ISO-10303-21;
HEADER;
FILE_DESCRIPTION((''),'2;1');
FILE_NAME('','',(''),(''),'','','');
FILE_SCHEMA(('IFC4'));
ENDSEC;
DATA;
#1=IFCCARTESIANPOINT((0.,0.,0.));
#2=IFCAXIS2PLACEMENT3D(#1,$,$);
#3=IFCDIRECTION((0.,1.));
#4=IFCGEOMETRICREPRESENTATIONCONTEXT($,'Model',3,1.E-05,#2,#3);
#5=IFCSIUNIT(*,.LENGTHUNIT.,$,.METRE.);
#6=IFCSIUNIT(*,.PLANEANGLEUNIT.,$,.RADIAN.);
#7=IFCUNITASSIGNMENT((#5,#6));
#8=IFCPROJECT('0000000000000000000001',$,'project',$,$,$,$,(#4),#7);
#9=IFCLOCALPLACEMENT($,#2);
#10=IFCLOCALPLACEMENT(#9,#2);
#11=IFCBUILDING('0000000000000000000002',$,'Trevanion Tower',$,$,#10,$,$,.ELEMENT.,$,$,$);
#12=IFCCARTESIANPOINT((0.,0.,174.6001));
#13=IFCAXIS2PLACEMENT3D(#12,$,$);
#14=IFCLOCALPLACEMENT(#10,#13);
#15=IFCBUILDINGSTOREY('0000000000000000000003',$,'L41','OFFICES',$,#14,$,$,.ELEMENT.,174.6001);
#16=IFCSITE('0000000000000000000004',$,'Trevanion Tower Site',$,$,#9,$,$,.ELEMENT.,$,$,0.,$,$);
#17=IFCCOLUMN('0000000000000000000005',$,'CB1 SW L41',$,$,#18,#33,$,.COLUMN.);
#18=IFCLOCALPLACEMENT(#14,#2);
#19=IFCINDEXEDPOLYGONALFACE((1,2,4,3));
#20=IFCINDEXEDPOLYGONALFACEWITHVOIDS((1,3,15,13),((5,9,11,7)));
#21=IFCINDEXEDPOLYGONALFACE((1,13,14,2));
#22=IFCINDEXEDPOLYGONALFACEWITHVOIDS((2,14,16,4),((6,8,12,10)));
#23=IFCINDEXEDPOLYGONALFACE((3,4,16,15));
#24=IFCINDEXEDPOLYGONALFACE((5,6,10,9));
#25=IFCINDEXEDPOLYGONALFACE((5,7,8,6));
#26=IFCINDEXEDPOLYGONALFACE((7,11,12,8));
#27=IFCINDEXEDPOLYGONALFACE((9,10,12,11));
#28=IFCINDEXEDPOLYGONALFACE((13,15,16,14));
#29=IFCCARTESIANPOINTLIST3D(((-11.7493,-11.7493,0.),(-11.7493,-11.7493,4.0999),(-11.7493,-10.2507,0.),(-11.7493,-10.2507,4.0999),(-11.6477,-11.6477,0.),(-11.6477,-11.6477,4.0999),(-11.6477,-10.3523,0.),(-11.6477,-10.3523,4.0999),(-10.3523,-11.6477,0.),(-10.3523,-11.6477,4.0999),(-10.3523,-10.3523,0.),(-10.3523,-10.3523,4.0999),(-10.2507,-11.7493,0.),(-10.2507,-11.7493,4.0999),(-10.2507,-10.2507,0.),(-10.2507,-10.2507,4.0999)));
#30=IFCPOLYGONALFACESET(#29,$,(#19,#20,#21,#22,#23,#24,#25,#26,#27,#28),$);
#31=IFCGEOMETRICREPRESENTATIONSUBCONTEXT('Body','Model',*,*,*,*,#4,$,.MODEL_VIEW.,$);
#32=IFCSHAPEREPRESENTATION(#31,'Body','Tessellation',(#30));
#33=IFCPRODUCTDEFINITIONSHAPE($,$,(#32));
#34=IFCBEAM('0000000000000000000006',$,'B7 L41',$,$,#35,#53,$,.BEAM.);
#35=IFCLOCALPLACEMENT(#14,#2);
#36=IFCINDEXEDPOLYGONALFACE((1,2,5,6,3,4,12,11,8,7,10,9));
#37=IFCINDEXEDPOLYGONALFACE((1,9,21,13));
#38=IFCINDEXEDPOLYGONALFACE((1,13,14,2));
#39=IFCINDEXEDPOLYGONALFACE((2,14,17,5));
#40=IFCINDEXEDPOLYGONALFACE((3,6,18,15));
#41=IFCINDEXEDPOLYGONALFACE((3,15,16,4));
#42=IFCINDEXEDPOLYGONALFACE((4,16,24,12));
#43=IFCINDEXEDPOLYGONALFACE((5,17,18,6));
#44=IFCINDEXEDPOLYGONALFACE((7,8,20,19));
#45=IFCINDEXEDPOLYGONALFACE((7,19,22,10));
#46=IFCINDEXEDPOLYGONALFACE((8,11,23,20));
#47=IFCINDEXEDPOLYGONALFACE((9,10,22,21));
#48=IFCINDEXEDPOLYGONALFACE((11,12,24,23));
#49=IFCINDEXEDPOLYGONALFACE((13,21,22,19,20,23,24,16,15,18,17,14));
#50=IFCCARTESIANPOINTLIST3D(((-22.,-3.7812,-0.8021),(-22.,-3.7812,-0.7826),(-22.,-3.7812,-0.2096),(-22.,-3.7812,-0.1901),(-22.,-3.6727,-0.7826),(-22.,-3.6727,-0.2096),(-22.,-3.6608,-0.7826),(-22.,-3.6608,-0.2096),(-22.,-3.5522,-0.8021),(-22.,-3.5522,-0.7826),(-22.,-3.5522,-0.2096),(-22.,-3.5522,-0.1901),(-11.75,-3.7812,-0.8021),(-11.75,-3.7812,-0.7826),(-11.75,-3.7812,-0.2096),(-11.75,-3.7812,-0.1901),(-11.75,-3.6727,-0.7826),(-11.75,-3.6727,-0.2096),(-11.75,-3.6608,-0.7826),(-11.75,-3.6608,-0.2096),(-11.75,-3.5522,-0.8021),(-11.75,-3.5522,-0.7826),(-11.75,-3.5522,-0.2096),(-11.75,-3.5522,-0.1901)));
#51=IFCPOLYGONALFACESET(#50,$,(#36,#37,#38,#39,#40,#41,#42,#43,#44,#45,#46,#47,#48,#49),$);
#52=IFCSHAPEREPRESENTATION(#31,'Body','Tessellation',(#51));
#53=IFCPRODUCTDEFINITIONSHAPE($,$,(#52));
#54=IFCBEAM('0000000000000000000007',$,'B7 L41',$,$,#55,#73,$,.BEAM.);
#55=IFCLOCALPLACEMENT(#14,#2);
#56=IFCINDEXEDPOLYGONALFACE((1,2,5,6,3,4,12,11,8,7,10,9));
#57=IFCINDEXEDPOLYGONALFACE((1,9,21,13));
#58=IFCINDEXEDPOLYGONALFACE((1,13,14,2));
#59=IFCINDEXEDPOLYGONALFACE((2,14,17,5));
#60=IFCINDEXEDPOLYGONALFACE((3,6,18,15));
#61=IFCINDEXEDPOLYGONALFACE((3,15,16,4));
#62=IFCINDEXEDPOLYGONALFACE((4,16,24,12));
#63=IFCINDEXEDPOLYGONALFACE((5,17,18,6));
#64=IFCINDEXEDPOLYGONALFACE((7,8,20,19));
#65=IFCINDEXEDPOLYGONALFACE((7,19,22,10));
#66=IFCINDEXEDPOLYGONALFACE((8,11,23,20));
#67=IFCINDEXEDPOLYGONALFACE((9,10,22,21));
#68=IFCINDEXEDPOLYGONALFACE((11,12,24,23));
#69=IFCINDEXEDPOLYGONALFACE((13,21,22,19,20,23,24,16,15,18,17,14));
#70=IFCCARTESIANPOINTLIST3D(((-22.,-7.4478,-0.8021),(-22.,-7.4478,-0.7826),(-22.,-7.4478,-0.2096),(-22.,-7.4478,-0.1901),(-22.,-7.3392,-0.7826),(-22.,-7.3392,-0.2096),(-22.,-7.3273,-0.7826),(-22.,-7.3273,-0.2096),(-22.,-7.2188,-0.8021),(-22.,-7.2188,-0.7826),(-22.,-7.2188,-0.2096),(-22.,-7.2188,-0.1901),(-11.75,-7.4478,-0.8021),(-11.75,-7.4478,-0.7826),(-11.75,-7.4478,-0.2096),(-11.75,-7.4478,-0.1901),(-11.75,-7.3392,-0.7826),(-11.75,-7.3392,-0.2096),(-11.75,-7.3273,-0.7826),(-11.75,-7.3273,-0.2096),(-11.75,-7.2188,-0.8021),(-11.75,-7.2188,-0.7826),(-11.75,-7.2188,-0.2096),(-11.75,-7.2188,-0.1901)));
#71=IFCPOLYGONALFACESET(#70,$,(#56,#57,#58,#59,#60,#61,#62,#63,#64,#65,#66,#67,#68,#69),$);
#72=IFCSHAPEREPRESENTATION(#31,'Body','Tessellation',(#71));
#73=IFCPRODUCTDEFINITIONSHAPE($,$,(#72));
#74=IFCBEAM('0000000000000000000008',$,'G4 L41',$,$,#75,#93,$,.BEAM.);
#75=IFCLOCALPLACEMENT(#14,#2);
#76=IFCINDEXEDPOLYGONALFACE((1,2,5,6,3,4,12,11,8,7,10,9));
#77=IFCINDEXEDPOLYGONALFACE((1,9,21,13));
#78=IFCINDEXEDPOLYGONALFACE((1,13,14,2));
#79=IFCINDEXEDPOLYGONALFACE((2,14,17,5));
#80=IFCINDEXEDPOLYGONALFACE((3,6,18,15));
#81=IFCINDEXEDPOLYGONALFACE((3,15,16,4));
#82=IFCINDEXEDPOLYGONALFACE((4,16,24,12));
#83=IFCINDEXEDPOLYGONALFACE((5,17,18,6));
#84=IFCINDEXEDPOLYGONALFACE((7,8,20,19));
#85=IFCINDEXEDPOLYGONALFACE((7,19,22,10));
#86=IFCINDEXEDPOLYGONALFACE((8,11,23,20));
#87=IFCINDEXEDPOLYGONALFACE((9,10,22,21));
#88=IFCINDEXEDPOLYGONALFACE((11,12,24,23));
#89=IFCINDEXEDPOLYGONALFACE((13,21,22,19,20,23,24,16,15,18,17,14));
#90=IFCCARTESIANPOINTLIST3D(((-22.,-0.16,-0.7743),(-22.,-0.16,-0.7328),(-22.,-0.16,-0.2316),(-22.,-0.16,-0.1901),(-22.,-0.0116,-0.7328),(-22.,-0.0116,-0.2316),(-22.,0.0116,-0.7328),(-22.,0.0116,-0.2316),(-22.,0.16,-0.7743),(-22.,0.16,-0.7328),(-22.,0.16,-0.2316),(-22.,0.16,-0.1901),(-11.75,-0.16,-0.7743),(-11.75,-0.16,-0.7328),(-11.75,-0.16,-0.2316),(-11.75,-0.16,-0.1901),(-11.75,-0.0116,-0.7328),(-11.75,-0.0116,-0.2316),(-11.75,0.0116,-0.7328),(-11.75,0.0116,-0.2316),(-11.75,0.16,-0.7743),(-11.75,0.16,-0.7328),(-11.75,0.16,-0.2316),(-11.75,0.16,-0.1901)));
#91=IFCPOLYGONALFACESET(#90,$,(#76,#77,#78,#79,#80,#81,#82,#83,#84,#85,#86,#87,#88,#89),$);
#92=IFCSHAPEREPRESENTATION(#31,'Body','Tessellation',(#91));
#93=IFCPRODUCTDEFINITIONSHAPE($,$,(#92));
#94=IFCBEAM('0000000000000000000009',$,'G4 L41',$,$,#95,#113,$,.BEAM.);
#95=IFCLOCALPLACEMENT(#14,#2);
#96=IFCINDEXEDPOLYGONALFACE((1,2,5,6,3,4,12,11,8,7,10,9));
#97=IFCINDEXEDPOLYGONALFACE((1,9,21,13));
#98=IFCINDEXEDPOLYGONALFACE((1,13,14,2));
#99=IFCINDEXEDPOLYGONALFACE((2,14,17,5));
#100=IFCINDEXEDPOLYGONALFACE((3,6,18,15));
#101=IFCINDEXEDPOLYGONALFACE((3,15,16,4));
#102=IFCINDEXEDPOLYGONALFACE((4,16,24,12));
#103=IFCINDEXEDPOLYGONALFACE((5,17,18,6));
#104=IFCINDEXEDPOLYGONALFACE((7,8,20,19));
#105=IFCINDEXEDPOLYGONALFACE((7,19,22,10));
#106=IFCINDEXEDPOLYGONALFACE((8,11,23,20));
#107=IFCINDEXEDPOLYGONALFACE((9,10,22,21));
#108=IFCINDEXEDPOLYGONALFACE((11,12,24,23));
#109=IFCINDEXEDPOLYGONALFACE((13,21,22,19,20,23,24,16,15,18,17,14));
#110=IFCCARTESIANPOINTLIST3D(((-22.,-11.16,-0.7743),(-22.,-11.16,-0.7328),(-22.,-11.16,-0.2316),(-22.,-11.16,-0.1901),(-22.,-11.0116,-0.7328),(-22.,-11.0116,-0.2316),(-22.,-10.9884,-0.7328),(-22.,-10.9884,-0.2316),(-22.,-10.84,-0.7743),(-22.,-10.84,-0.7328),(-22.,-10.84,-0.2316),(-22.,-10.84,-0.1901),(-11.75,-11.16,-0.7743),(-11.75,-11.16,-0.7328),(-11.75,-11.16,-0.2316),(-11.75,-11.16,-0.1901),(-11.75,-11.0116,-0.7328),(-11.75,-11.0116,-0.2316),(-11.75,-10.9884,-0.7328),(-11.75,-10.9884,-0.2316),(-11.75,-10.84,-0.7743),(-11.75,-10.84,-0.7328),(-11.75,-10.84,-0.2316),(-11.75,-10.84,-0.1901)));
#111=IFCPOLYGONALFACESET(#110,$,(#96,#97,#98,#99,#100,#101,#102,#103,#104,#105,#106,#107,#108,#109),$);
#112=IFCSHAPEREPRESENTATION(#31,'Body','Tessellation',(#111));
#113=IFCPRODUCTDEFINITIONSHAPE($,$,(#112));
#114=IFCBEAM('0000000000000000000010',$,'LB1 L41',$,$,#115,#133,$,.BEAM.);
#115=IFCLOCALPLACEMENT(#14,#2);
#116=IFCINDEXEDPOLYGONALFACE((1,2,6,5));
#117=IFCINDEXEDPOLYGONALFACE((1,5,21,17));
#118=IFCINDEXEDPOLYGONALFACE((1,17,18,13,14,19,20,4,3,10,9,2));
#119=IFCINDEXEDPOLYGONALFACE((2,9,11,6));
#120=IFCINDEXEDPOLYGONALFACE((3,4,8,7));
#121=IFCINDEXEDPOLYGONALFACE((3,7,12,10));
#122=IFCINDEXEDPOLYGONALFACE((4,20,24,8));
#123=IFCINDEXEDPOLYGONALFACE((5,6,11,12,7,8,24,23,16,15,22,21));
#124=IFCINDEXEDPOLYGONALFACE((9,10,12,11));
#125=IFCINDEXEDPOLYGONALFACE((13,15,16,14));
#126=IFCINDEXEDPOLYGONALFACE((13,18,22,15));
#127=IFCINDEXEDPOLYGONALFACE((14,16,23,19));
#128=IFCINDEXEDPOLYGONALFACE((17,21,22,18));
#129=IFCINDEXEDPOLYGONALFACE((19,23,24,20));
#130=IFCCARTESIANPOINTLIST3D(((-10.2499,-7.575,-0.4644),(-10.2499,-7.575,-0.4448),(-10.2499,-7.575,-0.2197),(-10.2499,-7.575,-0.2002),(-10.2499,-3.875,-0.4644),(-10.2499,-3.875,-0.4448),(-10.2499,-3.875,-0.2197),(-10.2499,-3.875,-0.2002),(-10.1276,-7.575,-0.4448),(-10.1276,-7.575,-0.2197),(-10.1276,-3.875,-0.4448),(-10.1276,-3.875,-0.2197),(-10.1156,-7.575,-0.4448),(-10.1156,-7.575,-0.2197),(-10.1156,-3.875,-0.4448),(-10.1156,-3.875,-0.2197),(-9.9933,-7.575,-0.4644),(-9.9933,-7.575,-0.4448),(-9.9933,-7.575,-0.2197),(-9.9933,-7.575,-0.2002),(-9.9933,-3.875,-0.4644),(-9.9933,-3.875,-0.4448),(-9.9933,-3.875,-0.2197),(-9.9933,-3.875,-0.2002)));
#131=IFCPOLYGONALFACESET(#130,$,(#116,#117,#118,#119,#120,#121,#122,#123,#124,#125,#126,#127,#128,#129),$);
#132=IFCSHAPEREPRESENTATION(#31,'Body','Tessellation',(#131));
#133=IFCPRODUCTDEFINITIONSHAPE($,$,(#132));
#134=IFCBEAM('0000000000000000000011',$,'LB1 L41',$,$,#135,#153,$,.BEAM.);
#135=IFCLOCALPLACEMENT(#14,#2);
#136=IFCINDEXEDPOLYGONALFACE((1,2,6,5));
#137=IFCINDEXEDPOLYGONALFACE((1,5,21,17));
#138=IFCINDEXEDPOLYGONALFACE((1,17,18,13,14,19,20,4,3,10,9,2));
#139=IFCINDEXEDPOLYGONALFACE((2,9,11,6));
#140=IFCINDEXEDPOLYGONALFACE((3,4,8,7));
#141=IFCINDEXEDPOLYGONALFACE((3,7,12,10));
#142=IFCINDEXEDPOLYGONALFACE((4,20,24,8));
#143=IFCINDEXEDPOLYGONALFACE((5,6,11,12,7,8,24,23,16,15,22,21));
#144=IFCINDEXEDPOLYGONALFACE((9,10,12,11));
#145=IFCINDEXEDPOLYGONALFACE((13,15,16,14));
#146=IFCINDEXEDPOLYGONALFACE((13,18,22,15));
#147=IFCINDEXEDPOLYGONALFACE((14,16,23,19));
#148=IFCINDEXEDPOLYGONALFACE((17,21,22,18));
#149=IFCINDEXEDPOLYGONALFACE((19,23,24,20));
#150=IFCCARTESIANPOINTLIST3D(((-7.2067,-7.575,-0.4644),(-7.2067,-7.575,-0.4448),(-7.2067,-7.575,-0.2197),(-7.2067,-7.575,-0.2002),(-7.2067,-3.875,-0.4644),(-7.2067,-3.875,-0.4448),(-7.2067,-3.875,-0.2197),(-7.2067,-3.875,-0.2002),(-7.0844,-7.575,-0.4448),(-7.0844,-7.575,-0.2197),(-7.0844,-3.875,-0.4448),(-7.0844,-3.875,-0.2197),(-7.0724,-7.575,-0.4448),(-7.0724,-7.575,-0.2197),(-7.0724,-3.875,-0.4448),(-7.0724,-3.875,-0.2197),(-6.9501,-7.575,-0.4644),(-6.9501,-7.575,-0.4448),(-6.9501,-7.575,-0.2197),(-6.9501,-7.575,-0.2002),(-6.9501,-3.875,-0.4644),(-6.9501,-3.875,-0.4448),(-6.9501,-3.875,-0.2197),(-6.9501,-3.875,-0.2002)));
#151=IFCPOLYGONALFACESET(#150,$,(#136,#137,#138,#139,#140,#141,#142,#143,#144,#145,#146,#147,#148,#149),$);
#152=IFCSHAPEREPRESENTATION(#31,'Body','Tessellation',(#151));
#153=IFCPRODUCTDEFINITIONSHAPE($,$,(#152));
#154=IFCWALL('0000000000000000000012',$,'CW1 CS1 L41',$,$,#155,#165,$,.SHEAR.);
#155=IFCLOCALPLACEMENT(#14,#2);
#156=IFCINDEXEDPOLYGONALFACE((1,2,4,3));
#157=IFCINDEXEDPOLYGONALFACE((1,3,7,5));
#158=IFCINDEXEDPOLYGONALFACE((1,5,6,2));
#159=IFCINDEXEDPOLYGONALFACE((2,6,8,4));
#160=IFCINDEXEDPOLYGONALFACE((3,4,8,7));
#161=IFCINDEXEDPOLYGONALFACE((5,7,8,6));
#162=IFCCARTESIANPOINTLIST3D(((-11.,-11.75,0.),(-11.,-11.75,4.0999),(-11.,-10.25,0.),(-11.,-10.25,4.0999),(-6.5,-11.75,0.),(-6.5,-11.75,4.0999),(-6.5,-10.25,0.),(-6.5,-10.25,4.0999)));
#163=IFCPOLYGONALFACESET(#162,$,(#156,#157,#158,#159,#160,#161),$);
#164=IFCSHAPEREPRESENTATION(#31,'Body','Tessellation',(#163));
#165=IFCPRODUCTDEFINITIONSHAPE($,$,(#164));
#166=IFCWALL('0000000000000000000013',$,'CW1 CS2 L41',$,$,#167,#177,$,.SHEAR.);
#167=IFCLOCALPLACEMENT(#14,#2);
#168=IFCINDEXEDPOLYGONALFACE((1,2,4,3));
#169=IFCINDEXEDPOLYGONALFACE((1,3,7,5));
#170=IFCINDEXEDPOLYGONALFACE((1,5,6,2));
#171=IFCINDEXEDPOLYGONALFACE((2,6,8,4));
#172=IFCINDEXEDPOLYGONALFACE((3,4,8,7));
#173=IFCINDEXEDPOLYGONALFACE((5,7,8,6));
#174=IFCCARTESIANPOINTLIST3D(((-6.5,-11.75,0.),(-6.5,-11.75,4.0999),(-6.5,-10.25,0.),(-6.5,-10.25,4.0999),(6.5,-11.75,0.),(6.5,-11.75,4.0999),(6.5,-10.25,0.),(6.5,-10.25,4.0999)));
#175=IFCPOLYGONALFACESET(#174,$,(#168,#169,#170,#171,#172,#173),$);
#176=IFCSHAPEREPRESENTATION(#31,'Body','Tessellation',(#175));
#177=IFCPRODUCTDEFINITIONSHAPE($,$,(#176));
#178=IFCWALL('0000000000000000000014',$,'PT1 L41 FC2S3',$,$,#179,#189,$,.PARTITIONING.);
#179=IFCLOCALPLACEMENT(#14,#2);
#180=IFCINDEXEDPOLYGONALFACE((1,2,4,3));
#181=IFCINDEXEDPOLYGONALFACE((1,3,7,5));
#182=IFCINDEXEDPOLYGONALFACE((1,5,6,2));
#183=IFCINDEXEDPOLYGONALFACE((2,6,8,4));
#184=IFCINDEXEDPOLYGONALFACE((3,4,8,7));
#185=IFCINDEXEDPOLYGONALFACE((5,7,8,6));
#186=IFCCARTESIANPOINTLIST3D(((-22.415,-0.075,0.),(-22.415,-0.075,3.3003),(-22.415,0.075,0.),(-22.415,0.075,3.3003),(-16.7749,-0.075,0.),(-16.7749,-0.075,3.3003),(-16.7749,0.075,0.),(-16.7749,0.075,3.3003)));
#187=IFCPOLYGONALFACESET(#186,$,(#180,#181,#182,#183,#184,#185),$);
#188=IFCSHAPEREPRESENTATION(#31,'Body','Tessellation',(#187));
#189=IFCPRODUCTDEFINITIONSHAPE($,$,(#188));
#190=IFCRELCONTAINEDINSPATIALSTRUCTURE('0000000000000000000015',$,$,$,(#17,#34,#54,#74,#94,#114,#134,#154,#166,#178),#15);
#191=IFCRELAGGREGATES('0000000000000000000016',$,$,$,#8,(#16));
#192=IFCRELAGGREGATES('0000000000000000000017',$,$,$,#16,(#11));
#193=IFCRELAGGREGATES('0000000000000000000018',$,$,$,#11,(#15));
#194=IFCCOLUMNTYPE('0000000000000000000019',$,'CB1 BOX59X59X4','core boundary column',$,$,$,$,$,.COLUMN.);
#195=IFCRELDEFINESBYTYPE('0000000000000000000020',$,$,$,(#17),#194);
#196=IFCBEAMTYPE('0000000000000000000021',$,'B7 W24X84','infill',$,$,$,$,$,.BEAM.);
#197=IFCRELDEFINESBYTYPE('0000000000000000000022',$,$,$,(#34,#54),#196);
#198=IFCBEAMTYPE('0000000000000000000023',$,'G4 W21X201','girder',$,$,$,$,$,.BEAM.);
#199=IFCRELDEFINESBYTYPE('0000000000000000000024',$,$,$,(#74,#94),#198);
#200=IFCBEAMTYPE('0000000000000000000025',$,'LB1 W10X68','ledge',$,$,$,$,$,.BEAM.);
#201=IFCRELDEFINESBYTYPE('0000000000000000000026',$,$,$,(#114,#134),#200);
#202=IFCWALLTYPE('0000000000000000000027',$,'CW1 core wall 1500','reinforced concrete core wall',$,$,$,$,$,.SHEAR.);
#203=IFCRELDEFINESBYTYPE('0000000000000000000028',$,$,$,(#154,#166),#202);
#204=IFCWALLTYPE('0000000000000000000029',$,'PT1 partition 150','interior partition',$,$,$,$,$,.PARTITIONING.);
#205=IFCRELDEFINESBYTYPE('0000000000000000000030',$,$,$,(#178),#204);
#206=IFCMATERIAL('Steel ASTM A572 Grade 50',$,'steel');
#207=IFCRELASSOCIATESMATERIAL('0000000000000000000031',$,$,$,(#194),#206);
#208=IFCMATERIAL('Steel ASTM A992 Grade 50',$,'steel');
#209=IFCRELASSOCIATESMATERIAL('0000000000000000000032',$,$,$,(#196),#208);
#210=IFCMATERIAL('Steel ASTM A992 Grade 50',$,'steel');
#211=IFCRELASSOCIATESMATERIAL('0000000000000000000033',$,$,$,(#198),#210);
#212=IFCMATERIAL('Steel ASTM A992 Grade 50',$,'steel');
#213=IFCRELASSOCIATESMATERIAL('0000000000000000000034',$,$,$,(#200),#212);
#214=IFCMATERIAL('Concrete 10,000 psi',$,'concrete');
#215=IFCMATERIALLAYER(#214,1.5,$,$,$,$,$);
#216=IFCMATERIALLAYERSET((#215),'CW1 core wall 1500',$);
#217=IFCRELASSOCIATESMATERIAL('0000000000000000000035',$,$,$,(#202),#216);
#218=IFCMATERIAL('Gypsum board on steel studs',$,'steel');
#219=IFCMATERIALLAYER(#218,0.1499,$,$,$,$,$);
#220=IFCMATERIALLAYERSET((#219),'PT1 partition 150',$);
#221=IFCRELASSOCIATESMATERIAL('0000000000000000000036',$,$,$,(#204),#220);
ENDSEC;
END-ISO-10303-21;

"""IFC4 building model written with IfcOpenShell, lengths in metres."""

from ifc_helpers import new_model, si_unit, direction, frame, frame_2d, origin, origin_2d, place, context, subcontext, project, spatial, rectangle, hollow_rectangle, i_section, extrude, material, layer, layer_set, material_profile, profile_set, type_object, element, save


model = new_model("IFC4")

# Units and contexts
model_context = context("Model", 3, precision=1e-05, world=origin(), true_north=direction((0.0, 1.0)))
body_context = subcontext(model_context, "Body", "Model", "MODEL_VIEW")
ifc_project = project(units=[si_unit("LENGTHUNIT", "METRE"), si_unit("PLANEANGLEUNIT", "RADIAN")], contexts=[model_context])

# Site, building, storey
site_placement = place(None, origin())
site = spatial("IfcSite", under=ifc_project, at=site_placement, Name="Trevanion Tower Site", CompositionType="ELEMENT", RefElevation=0.0)
building_placement = place(site_placement, origin())
building = spatial("IfcBuilding", under=site, at=building_placement, Name="Trevanion Tower", CompositionType="ELEMENT")
storey_placement = place(building_placement, frame((0.0, 0.0, 174.6001)))
storey = spatial("IfcBuildingStorey", under=building, at=storey_placement, Name="L41", Description="OFFICES", CompositionType="ELEMENT", Elevation=174.6001)

# Column
ifc_material_1 = material(Name="Steel ASTM A572 Grade 50", Category="steel")
ifc_material_profile_1 = material_profile(ifc_material_1, hollow_rectangle(XDim=1.4985, YDim=1.4985, WallThickness=0.1016, at=origin_2d()), Name="BOX59X59X4")
ifc_profile_set_1 = profile_set([ifc_material_profile_1], Name="Steel ASTM A572 Grade 50")
column_type = type_object("IfcColumnType", Name="CB1 BOX59X59X4", Description="core boundary column", PredefinedType="COLUMN", material=ifc_profile_set_1)
column_placement = place(storey_placement, frame((-11.0, -11.0, 0.0), z_axis=(0.0, 0.0, 1.0), x_axis=(1.0, 0.0, 0.0)))
element("IfcColumn", 1, at=column_placement, inside=storey, type_object=column_type, Name="CB1 SW L41", PredefinedType="COLUMN", context=body_context, shape_type="SweptSolid", body=[
    extrude(hollow_rectangle(XDim=1.4985, YDim=1.4985, WallThickness=0.1016, at=origin_2d()), origin(), (0.0, 0.0, 1.0), 4.0999),
])

# Beams
ifc_material_2 = material(Name="Steel ASTM A992 Grade 50", Category="steel")
ifc_material_profile_2 = material_profile(ifc_material_2, i_section(OverallWidth=0.229, OverallDepth=0.6121, WebThickness=0.012, FlangeThickness=0.0195, at=origin_2d()), Name="W24X84")
ifc_profile_set_2 = profile_set([ifc_material_profile_2], Name="Steel ASTM A992 Grade 50")
beam_type_1 = type_object("IfcBeamType", Name="B7 W24X84", Description="infill", PredefinedType="BEAM", material=ifc_profile_set_2)
for number, where, z_axis, x_axis, name in (
    (2, (-11.75, -3.6667, -0.4961), (-1.0, 0.0, 0.0), (0.0, -1.0, 0.0), "B7 L41"),
    (3, (-11.75, -7.3333, -0.4961), (-1.0, 0.0, 0.0), (0.0, -1.0, 0.0), "B7 L41"),
):
    element("IfcBeam", number, at=place(storey_placement, frame(where, z_axis=z_axis, x_axis=x_axis)), inside=storey, type_object=beam_type_1, Name=name, PredefinedType="BEAM", context=body_context, shape_type="SweptSolid", body=[
        extrude(i_section(OverallWidth=0.229, OverallDepth=0.6121, WebThickness=0.012, FlangeThickness=0.0195, at=origin_2d()), origin(), (0.0, 0.0, 1.0), 10.25),
    ])
ifc_material_3 = material(Name="Steel ASTM A992 Grade 50", Category="steel")
ifc_material_profile_3 = material_profile(ifc_material_3, i_section(OverallWidth=0.3201, OverallDepth=0.5842, WebThickness=0.0232, FlangeThickness=0.0415, at=origin_2d()), Name="W21X201")
ifc_profile_set_3 = profile_set([ifc_material_profile_3], Name="Steel ASTM A992 Grade 50")
beam_type_2 = type_object("IfcBeamType", Name="G4 W21X201", Description="girder", PredefinedType="BEAM", material=ifc_profile_set_3)
for number, where, z_axis, x_axis, name in (
    (4, (-11.75, 0.0, -0.4822), (-1.0, 0.0, 0.0), (0.0, -1.0, 0.0), "G4 L41"),
    (5, (-11.75, -11.0, -0.4822), (-1.0, 0.0, 0.0), (0.0, -1.0, 0.0), "G4 L41"),
):
    element("IfcBeam", number, at=place(storey_placement, frame(where, z_axis=z_axis, x_axis=x_axis)), inside=storey, type_object=beam_type_2, Name=name, PredefinedType="BEAM", context=body_context, shape_type="SweptSolid", body=[
        extrude(i_section(OverallWidth=0.3201, OverallDepth=0.5842, WebThickness=0.0232, FlangeThickness=0.0415, at=origin_2d()), origin(), (0.0, 0.0, 1.0), 10.25),
    ])
ifc_material_4 = material(Name="Steel ASTM A992 Grade 50", Category="steel")
ifc_material_profile_4 = material_profile(ifc_material_4, i_section(OverallWidth=0.2566, OverallDepth=0.2642, WebThickness=0.012, FlangeThickness=0.0195, at=origin_2d()), Name="W10X68")
ifc_profile_set_4 = profile_set([ifc_material_profile_4], Name="Steel ASTM A992 Grade 50")
beam_type_3 = type_object("IfcBeamType", Name="LB1 W10X68", Description="ledge", PredefinedType="BEAM", material=ifc_profile_set_4)
for number, where, z_axis, x_axis, name in (
    (6, (-10.1216, -7.575, -0.3323), (0.0, 1.0, 0.0), (-1.0, 0.0, 0.0), "LB1 L41"),
    (7, (-7.0784, -7.575, -0.3323), (0.0, 1.0, 0.0), (-1.0, 0.0, 0.0), "LB1 L41"),
):
    element("IfcBeam", number, at=place(storey_placement, frame(where, z_axis=z_axis, x_axis=x_axis)), inside=storey, type_object=beam_type_3, Name=name, PredefinedType="BEAM", context=body_context, shape_type="SweptSolid", body=[
        extrude(i_section(OverallWidth=0.2566, OverallDepth=0.2642, WebThickness=0.012, FlangeThickness=0.0195, at=origin_2d()), origin(), (0.0, 0.0, 1.0), 3.7),
    ])

# Walls
ifc_material_5 = material(Name="Concrete 10,000 psi", Category="concrete")
ifc_layer_1 = layer(ifc_material_5, 1.5)
ifc_layer_set_1 = layer_set([ifc_layer_1], Name="CW1 core wall 1500")
wall_type_1 = type_object("IfcWallType", Name="CW1 core wall 1500", Description="reinforced concrete core wall", PredefinedType="SHEAR", material=ifc_layer_set_1)
wall_1_placement = place(storey_placement, frame((-11.0, -11.0, 0.0), z_axis=(0.0, 0.0, 1.0), x_axis=(1.0, 0.0, 0.0)))
element("IfcWall", 8, at=wall_1_placement, inside=storey, type_object=wall_type_1, Name="CW1 CS1 L41", PredefinedType="SHEAR", context=body_context, shape_type="SweptSolid", body=[
    extrude(rectangle(XDim=4.5, YDim=1.5, at=frame_2d((2.25, 0.0))), origin(), (0.0, 0.0, 1.0), 4.0999),
])
wall_2_placement = place(storey_placement, frame((-6.5, -11.0, 0.0), z_axis=(0.0, 0.0, 1.0), x_axis=(1.0, 0.0, 0.0)))
element("IfcWall", 9, at=wall_2_placement, inside=storey, type_object=wall_type_1, Name="CW1 CS2 L41", PredefinedType="SHEAR", context=body_context, shape_type="SweptSolid", body=[
    extrude(rectangle(XDim=13.0, YDim=1.5, at=frame_2d((6.5, 0.0))), origin(), (0.0, 0.0, 1.0), 4.0999),
])
ifc_material_6 = material(Name="Gypsum board on steel studs", Category="steel")
ifc_layer_2 = layer(ifc_material_6, 0.1499)
ifc_layer_set_2 = layer_set([ifc_layer_2], Name="PT1 partition 150")
wall_type_2 = type_object("IfcWallType", Name="PT1 partition 150", Description="interior partition", PredefinedType="PARTITIONING", material=ifc_layer_set_2)
wall_3_placement = place(storey_placement, frame((-16.7749, 0.0, 0.0), z_axis=(0.0, 0.0, 1.0), x_axis=(-1.0, 0.0, 0.0)))
element("IfcWall", 10, at=wall_3_placement, inside=storey, type_object=wall_type_2, Name="PT1 L41 FC2S3", PredefinedType="PARTITIONING", context=body_context, shape_type="SweptSolid", body=[
    extrude(rectangle(XDim=5.6401, YDim=0.1499, at=frame_2d((2.8201, 0.0))), origin(), (0.0, 0.0, 1.0), 3.3003),
])

save(model, "model.ifc")
